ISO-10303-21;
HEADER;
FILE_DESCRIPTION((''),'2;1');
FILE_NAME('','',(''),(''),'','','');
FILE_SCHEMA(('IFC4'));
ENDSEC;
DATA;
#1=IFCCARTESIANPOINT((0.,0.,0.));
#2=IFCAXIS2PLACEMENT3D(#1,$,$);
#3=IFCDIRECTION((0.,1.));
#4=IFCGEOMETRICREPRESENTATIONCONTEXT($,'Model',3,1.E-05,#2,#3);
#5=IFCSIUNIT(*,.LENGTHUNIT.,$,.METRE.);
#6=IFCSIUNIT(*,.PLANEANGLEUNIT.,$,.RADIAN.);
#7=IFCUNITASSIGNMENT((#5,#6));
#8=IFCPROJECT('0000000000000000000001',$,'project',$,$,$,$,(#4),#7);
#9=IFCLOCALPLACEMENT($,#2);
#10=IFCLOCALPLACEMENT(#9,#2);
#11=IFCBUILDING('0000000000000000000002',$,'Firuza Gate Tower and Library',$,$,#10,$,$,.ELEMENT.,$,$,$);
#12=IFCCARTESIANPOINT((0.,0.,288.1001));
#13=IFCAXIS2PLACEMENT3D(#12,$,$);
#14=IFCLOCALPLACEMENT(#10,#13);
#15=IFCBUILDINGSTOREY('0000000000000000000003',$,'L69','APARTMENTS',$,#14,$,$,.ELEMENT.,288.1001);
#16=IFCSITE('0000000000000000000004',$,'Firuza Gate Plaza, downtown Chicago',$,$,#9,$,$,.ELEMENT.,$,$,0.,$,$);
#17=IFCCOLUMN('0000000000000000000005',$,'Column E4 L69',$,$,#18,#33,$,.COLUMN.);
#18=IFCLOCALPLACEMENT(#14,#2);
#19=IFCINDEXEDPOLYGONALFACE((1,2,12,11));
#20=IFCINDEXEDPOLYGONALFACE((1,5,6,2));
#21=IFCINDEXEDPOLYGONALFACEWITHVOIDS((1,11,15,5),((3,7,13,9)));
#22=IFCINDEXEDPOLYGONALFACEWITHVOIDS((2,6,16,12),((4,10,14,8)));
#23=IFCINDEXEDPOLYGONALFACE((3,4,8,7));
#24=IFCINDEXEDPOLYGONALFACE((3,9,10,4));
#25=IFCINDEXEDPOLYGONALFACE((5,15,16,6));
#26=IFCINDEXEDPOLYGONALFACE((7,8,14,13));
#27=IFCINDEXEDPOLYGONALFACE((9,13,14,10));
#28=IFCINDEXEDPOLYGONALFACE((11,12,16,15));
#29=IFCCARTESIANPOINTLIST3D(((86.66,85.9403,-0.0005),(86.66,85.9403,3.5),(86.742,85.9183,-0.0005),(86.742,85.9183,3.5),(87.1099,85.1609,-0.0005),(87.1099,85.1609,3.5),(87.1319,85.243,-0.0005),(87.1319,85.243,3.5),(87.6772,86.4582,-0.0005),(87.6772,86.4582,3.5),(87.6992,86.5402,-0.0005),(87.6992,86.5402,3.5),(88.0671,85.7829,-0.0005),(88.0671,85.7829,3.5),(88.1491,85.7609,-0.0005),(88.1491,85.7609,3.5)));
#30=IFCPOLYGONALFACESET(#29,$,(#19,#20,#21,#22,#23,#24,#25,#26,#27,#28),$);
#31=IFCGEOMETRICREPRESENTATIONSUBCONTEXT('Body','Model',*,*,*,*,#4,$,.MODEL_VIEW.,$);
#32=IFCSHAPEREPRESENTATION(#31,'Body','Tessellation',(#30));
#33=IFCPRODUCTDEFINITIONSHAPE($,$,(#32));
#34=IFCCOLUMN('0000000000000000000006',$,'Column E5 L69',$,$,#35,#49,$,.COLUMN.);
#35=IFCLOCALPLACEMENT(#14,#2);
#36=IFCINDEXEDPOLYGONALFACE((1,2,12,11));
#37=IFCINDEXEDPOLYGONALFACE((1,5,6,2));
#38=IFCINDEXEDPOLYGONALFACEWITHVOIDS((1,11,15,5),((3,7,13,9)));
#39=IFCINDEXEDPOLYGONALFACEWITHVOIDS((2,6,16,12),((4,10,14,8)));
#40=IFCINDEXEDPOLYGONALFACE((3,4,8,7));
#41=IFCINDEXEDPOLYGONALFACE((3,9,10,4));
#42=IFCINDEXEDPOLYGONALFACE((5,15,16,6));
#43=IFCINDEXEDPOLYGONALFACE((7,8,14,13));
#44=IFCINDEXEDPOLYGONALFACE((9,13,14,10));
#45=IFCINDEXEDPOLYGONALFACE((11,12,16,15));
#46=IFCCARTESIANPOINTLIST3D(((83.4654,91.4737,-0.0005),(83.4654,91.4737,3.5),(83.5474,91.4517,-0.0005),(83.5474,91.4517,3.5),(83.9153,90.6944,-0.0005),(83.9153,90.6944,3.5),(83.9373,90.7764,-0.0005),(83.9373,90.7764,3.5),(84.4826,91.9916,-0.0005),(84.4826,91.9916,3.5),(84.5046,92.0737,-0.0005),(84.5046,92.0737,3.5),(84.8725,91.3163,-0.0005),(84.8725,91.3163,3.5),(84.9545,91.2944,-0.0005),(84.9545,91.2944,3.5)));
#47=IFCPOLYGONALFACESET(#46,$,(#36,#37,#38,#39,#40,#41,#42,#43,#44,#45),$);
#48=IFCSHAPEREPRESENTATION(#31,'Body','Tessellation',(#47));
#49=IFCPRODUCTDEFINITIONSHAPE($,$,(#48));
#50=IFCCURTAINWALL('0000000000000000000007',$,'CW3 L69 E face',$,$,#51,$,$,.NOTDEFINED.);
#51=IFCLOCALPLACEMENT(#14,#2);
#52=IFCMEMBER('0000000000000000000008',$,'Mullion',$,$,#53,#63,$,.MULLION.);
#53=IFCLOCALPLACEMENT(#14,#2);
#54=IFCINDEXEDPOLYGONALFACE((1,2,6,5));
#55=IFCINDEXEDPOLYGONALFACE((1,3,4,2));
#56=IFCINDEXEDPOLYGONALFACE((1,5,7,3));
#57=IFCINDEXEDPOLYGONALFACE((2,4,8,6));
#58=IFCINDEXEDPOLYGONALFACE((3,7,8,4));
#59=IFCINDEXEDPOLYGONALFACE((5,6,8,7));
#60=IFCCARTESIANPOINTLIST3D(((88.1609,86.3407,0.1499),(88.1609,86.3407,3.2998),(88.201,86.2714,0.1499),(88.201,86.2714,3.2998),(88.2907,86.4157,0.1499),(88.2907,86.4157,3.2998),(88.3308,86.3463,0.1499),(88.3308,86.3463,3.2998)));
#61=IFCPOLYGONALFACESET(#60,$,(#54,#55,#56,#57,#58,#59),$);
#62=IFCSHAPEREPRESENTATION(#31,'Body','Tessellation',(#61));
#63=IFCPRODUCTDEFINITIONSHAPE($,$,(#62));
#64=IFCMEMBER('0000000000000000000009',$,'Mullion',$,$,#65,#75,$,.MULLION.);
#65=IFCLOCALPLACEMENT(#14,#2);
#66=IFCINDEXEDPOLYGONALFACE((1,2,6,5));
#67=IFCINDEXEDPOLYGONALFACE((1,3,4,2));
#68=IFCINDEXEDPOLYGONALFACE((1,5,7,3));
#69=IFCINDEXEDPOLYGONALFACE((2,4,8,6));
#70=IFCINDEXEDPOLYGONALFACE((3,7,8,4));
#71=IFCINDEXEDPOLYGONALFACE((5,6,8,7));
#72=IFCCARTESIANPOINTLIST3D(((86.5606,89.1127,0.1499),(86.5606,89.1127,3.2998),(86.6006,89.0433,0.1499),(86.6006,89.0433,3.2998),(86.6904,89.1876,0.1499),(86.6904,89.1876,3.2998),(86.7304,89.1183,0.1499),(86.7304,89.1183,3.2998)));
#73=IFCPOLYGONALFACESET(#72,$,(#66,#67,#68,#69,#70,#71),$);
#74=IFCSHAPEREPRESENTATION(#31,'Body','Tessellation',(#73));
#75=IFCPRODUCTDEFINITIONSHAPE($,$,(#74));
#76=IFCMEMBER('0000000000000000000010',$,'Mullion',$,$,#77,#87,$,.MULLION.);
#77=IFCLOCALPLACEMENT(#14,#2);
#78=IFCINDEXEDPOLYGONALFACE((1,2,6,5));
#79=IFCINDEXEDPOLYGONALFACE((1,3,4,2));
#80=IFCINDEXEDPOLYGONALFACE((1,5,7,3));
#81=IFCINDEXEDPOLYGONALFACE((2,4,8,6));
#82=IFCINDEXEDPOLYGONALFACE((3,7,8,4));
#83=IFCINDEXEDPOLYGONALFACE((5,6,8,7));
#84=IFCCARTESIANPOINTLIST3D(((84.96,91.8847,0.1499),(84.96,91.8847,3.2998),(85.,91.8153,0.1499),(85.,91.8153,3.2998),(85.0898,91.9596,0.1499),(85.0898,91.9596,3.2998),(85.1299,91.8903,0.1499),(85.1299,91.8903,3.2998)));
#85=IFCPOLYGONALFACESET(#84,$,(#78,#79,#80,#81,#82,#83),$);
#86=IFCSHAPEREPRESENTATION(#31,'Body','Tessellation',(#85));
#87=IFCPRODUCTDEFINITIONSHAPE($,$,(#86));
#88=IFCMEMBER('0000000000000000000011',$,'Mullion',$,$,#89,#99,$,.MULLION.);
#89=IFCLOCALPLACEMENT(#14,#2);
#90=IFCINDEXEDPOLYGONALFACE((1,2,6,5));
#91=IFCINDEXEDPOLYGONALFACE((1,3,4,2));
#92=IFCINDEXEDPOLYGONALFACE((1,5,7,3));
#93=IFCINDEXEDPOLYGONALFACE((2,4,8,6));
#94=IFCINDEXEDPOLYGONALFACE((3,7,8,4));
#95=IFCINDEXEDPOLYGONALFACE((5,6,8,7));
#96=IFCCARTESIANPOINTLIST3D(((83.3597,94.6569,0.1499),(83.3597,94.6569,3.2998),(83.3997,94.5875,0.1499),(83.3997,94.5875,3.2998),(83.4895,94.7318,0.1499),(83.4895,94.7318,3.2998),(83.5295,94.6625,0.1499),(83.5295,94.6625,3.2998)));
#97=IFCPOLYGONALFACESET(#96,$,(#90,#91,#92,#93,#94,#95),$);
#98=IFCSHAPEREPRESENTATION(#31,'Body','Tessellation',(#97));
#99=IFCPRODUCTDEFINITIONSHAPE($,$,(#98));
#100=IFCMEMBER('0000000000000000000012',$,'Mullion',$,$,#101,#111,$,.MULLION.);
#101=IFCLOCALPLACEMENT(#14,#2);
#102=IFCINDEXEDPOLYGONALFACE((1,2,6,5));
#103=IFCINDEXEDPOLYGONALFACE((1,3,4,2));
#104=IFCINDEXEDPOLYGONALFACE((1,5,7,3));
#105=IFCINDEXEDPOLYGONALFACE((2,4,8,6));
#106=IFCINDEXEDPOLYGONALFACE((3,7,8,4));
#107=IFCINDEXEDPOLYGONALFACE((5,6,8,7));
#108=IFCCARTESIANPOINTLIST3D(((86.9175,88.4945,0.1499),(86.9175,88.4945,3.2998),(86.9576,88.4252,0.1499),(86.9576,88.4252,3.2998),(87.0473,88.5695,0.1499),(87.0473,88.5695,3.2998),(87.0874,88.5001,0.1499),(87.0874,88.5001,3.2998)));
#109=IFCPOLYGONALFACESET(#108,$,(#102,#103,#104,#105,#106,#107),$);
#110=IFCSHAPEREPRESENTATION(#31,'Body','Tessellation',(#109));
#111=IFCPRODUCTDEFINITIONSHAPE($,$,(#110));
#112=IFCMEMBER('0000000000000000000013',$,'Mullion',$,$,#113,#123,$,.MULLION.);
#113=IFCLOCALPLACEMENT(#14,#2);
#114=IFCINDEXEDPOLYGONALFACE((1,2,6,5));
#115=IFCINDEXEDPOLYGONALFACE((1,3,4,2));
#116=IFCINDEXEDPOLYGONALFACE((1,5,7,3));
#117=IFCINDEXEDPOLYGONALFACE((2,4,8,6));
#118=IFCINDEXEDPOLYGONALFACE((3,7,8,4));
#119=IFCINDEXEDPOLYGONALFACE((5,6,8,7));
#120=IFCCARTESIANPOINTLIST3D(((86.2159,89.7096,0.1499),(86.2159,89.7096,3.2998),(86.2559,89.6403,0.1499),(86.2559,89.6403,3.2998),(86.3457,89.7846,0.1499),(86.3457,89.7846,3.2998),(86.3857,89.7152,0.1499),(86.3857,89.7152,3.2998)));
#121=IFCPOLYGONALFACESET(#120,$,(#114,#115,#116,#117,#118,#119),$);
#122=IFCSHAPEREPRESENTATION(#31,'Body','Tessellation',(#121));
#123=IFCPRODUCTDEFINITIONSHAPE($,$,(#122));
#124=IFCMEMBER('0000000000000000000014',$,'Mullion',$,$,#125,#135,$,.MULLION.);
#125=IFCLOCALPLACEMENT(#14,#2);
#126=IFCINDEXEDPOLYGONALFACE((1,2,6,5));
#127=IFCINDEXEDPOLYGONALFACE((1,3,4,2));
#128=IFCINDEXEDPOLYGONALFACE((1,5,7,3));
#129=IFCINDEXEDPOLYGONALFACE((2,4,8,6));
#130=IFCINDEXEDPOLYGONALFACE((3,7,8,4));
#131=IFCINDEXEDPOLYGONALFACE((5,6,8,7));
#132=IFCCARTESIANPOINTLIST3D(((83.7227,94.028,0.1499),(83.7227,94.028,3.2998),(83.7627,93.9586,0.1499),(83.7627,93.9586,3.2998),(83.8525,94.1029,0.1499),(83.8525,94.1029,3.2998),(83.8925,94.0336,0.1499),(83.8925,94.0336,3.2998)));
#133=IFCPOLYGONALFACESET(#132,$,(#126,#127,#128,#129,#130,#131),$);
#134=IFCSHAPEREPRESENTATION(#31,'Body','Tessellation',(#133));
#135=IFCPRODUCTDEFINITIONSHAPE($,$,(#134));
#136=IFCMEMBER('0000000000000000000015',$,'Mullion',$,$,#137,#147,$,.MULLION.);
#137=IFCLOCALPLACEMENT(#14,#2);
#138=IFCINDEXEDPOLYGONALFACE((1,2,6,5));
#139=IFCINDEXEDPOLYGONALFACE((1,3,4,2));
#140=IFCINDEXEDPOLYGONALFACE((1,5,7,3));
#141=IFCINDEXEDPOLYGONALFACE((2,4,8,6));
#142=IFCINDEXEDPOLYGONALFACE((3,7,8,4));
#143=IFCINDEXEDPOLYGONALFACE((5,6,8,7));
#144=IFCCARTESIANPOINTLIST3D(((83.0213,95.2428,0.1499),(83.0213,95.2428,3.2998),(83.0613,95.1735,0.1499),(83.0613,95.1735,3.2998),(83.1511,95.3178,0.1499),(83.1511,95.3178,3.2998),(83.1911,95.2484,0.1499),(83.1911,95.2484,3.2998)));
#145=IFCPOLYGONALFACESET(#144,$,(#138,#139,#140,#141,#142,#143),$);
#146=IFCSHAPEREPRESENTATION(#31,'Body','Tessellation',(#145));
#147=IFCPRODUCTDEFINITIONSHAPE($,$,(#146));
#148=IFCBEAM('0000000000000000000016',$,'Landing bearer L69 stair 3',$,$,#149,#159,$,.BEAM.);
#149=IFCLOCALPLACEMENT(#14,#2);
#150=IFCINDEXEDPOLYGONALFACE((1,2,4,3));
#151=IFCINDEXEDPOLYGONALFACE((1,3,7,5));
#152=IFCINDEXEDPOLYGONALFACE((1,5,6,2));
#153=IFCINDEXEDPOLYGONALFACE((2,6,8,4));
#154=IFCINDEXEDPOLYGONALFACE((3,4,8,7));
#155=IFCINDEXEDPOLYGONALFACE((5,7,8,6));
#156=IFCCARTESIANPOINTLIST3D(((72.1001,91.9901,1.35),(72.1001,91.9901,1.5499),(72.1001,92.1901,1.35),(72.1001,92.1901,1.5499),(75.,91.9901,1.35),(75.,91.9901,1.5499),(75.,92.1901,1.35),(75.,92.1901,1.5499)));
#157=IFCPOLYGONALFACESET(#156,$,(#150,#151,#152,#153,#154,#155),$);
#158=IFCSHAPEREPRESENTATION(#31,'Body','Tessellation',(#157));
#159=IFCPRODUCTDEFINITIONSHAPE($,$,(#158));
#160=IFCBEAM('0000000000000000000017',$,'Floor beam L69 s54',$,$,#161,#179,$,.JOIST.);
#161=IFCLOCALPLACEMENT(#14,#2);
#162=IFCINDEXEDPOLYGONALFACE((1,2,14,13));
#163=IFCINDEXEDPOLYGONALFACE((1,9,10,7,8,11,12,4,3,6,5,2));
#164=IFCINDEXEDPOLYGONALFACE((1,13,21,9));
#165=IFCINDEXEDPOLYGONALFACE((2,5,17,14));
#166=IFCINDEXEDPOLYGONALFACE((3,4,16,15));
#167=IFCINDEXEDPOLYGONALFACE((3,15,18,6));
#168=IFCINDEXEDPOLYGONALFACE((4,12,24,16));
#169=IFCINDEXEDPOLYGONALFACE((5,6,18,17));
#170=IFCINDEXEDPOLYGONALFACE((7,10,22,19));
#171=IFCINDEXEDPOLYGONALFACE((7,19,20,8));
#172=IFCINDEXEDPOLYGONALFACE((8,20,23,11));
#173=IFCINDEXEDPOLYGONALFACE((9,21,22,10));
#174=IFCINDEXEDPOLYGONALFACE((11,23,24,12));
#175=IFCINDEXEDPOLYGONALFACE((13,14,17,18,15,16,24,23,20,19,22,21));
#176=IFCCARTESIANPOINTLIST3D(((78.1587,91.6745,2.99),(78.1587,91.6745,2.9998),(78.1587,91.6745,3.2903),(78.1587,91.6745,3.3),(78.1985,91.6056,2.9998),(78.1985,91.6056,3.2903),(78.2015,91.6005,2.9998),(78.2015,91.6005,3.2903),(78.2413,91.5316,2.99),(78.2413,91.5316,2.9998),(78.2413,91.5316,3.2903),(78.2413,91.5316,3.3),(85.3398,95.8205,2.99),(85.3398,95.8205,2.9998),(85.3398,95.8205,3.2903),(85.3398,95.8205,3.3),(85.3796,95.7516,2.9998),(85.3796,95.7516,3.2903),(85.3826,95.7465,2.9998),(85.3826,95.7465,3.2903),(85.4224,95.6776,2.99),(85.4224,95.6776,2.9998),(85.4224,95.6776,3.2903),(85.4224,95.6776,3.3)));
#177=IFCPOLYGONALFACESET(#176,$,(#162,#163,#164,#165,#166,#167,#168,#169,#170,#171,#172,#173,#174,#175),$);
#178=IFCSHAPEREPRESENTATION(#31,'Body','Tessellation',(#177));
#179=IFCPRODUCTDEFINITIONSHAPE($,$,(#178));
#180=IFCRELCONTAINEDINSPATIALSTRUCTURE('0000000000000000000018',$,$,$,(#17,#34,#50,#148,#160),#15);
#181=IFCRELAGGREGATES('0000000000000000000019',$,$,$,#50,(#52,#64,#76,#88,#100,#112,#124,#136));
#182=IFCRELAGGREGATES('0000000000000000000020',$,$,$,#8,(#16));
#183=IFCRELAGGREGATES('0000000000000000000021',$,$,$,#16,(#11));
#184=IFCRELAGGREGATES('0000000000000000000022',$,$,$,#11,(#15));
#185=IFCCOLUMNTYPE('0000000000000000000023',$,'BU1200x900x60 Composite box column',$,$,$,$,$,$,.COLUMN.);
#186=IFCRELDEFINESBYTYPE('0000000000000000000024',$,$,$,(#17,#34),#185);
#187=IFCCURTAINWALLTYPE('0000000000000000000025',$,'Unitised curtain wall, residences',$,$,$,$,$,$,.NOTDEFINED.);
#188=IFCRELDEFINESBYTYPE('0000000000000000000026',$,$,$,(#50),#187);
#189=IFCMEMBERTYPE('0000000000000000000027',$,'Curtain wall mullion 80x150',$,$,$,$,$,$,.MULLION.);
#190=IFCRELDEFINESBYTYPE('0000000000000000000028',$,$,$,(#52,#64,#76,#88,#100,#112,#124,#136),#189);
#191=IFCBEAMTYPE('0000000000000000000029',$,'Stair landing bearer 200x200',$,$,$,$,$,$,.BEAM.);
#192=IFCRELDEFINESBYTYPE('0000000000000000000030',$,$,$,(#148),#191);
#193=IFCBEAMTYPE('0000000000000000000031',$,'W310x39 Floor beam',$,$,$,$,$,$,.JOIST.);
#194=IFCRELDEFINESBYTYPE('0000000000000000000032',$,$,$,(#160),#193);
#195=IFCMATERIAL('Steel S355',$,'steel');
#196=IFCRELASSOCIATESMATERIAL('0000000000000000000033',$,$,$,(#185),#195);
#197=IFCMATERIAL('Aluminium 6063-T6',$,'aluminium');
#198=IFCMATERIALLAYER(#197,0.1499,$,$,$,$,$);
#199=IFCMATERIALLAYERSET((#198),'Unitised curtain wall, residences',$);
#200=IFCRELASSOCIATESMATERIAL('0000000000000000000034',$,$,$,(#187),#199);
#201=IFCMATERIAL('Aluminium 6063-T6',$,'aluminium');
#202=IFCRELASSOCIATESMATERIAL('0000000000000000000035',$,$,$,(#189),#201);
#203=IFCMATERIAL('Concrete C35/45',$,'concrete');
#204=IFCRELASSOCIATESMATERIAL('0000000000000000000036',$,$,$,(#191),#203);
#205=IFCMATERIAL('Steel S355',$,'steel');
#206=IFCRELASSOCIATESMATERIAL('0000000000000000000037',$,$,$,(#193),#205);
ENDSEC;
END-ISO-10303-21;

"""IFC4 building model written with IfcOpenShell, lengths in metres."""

from ifc_helpers import new_model, si_unit, direction, frame, origin, origin_2d, place, context, subcontext, project, spatial, rectangle, hollow_rectangle, i_section, extrude, material, layer, layer_set, material_profile, profile_set, type_object, element, aggregate, save


model = new_model("IFC4")

# Units and contexts
model_context = context("Model", 3, precision=1e-05, world=origin(), true_north=direction((0.0, 1.0)))
body_context = subcontext(model_context, "Body", "Model", "MODEL_VIEW")
ifc_project = project(units=[si_unit("LENGTHUNIT", "METRE"), si_unit("PLANEANGLEUNIT", "RADIAN")], contexts=[model_context])

# Site, building, storey
site_placement = place(None, origin())
site = spatial("IfcSite", under=ifc_project, at=site_placement, Name="Firuza Gate Plaza, downtown Chicago", CompositionType="ELEMENT", RefElevation=0.0)
building_placement = place(site_placement, origin())
building = spatial("IfcBuilding", under=site, at=building_placement, Name="Firuza Gate Tower and Library", CompositionType="ELEMENT")
storey_placement = place(building_placement, frame((0.0, 0.0, 288.1001)))
storey = spatial("IfcBuildingStorey", under=building, at=storey_placement, Name="L69", Description="APARTMENTS", CompositionType="ELEMENT", Elevation=288.1001)

# Columns
ifc_material_1 = material(Name="Steel S355", Category="steel")
ifc_material_profile_1 = material_profile(ifc_material_1, hollow_rectangle(XDim=0.8999, YDim=1.2, WallThickness=0.0601, at=origin_2d()))
ifc_profile_set_1 = profile_set([ifc_material_profile_1], Name="Steel S355")
column_type = type_object("IfcColumnType", Name="BU1200x900x60 Composite box column", PredefinedType="COLUMN", material=ifc_profile_set_1)
for number, where, z_axis, x_axis, name in (
    (1, (87.4045, 85.8506, -0.0005), (0.0, 0.0, 1.0), (-0.5, 0.866025, 0.0), "Column E4 L69"),
    (2, (84.21, 91.384, -0.0005), (0.0, 0.0, 1.0), (-0.5, 0.866025, 0.0), "Column E5 L69"),
):
    element("IfcColumn", number, at=place(storey_placement, frame(where, z_axis=z_axis, x_axis=x_axis)), inside=storey, type_object=column_type, Name=name, PredefinedType="COLUMN", context=body_context, shape_type="SweptSolid", body=[
        extrude(hollow_rectangle(XDim=0.8999, YDim=1.2, WallThickness=0.0601, at=origin_2d()), origin(), (0.0, 0.0, 1.0), 3.5005),
    ])

# Curtain wall, members
ifc_material_2 = material(Name="Aluminium 6063-T6", Category="aluminium")
ifc_layer_1 = layer(ifc_material_2, 0.1499)
ifc_layer_set_1 = layer_set([ifc_layer_1], Name="Unitised curtain wall, residences")
curtain_wall_type = type_object("IfcCurtainWallType", Name="Unitised curtain wall, residences", PredefinedType="NOTDEFINED", material=ifc_layer_set_1)
curtain_wall_placement = place(storey_placement, origin())
curtain_wall = element("IfcCurtainWall", 3, at=curtain_wall_placement, inside=storey, type_object=curtain_wall_type, Name="CW3 L69 E face", PredefinedType="NOTDEFINED")
ifc_material_3 = material(Name="Aluminium 6063-T6", Category="aluminium")
ifc_material_profile_2 = material_profile(ifc_material_3, rectangle(XDim=0.1499, YDim=0.0801, at=origin_2d()))
ifc_profile_set_2 = profile_set([ifc_material_profile_2], Name="Aluminium 6063-T6")
member_type = type_object("IfcMemberType", Name="Curtain wall mullion 80x150", PredefinedType="MULLION", material=ifc_profile_set_2)
member_1_placement = place(storey_placement, frame((88.2458, 86.3435, 0.1499), z_axis=(0.0, 0.0, 1.0), x_axis=(-0.866025, -0.5, 0.0)))
member_1 = element("IfcMember", 4, at=member_1_placement, type_object=member_type, Name="Mullion", PredefinedType="MULLION", context=body_context, shape_type="SweptSolid", body=[
    extrude(rectangle(XDim=0.1499, YDim=0.0801, at=origin_2d()), origin(), (0.0, 0.0, 1.0), 3.1499),
])
member_2_placement = place(storey_placement, frame((86.6455, 89.1155, 0.1499), z_axis=(0.0, 0.0, 1.0), x_axis=(-0.866025, -0.5, 0.0)))
member_2 = element("IfcMember", 5, at=member_2_placement, type_object=member_type, Name="Mullion", PredefinedType="MULLION", context=body_context, shape_type="SweptSolid", body=[
    extrude(rectangle(XDim=0.1499, YDim=0.0801, at=origin_2d()), origin(), (0.0, 0.0, 1.0), 3.1499),
])
member_3_placement = place(storey_placement, frame((85.0449, 91.8875, 0.1499), z_axis=(0.0, 0.0, 1.0), x_axis=(-0.866025, -0.5, 0.0)))
member_3 = element("IfcMember", 6, at=member_3_placement, type_object=member_type, Name="Mullion", PredefinedType="MULLION", context=body_context, shape_type="SweptSolid", body=[
    extrude(rectangle(XDim=0.1499, YDim=0.0801, at=origin_2d()), origin(), (0.0, 0.0, 1.0), 3.1499),
])
member_4_placement = place(storey_placement, frame((83.4446, 94.6597, 0.1499), z_axis=(0.0, 0.0, 1.0), x_axis=(-0.866025, -0.5, 0.0)))
member_4 = element("IfcMember", 7, at=member_4_placement, type_object=member_type, Name="Mullion", PredefinedType="MULLION", context=body_context, shape_type="SweptSolid", body=[
    extrude(rectangle(XDim=0.1499, YDim=0.0801, at=origin_2d()), origin(), (0.0, 0.0, 1.0), 3.1499),
])
member_5_placement = place(storey_placement, frame((87.0024, 88.4973, 0.1499), z_axis=(0.0, 0.0, 1.0), x_axis=(-0.866025, -0.5, 0.0)))
member_5 = element("IfcMember", 8, at=member_5_placement, type_object=member_type, Name="Mullion", PredefinedType="MULLION", context=body_context, shape_type="SweptSolid", body=[
    extrude(rectangle(XDim=0.1499, YDim=0.0801, at=origin_2d()), origin(), (0.0, 0.0, 1.0), 3.1499),
])
member_6_placement = place(storey_placement, frame((86.3008, 89.7124, 0.1499), z_axis=(0.0, 0.0, 1.0), x_axis=(-0.866025, -0.5, 0.0)))
member_6 = element("IfcMember", 9, at=member_6_placement, type_object=member_type, Name="Mullion", PredefinedType="MULLION", context=body_context, shape_type="SweptSolid", body=[
    extrude(rectangle(XDim=0.1499, YDim=0.0801, at=origin_2d()), origin(), (0.0, 0.0, 1.0), 3.1499),
])
member_7_placement = place(storey_placement, frame((83.8076, 94.0308, 0.1499), z_axis=(0.0, 0.0, 1.0), x_axis=(-0.866025, -0.5, 0.0)))
member_7 = element("IfcMember", 10, at=member_7_placement, type_object=member_type, Name="Mullion", PredefinedType="MULLION", context=body_context, shape_type="SweptSolid", body=[
    extrude(rectangle(XDim=0.1499, YDim=0.0801, at=origin_2d()), origin(), (0.0, 0.0, 1.0), 3.1499),
])
member_8_placement = place(storey_placement, frame((83.1062, 95.2456, 0.1499), z_axis=(0.0, 0.0, 1.0), x_axis=(-0.866025, -0.5, 0.0)))
member_8 = element("IfcMember", 11, at=member_8_placement, type_object=member_type, Name="Mullion", PredefinedType="MULLION", context=body_context, shape_type="SweptSolid", body=[
    extrude(rectangle(XDim=0.1499, YDim=0.0801, at=origin_2d()), origin(), (0.0, 0.0, 1.0), 3.1499),
])

# Beams
ifc_material_4 = material(Name="Concrete C35/45", Category="concrete")
ifc_material_profile_3 = material_profile(ifc_material_4, rectangle(XDim=0.2, YDim=0.2, at=origin_2d()))
ifc_profile_set_3 = profile_set([ifc_material_profile_3], Name="Concrete C35/45")
beam_type_1 = type_object("IfcBeamType", Name="Stair landing bearer 200x200", PredefinedType="BEAM", material=ifc_profile_set_3)
beam_1_placement = place(storey_placement, frame((75.0, 92.0901, 1.45), z_axis=(-1.0, 0.0, 0.0), x_axis=(0.0, -1.0, 0.0)))
element("IfcBeam", 12, at=beam_1_placement, inside=storey, type_object=beam_type_1, Name="Landing bearer L69 stair 3", PredefinedType="BEAM", context=body_context, shape_type="SweptSolid", body=[
    extrude(rectangle(XDim=0.2, YDim=0.2, at=origin_2d()), origin(), (0.0, 0.0, 1.0), 2.8999),
])
ifc_material_5 = material(Name="Steel S355", Category="steel")
ifc_material_profile_4 = material_profile(ifc_material_5, i_section(OverallWidth=0.165, OverallDepth=0.3101, WebThickness=0.0059, FlangeThickness=0.0098, at=origin_2d()))
ifc_profile_set_4 = profile_set([ifc_material_profile_4], Name="Steel S355")
beam_type_2 = type_object("IfcBeamType", Name="W310x39 Floor beam", PredefinedType="JOIST", material=ifc_profile_set_4)
beam_2_placement = place(storey_placement, frame((85.3811, 95.749, 3.145), z_axis=(-0.866028, -0.499996, 0.0), x_axis=(0.499996, -0.866028, 0.0)))
element("IfcBeam", 13, at=beam_2_placement, inside=storey, type_object=beam_type_2, Name="Floor beam L69 s54", PredefinedType="JOIST", context=body_context, shape_type="SweptSolid", body=[
    extrude(i_section(OverallWidth=0.165, OverallDepth=0.3101, WebThickness=0.0059, FlangeThickness=0.0098, at=origin_2d()), origin(), (0.0, 0.0, 1.0), 8.292),
])

aggregate(curtain_wall, [member_1, member_2, member_3, member_4, member_5, member_6, member_7, member_8])

save(model, "model.ifc")
